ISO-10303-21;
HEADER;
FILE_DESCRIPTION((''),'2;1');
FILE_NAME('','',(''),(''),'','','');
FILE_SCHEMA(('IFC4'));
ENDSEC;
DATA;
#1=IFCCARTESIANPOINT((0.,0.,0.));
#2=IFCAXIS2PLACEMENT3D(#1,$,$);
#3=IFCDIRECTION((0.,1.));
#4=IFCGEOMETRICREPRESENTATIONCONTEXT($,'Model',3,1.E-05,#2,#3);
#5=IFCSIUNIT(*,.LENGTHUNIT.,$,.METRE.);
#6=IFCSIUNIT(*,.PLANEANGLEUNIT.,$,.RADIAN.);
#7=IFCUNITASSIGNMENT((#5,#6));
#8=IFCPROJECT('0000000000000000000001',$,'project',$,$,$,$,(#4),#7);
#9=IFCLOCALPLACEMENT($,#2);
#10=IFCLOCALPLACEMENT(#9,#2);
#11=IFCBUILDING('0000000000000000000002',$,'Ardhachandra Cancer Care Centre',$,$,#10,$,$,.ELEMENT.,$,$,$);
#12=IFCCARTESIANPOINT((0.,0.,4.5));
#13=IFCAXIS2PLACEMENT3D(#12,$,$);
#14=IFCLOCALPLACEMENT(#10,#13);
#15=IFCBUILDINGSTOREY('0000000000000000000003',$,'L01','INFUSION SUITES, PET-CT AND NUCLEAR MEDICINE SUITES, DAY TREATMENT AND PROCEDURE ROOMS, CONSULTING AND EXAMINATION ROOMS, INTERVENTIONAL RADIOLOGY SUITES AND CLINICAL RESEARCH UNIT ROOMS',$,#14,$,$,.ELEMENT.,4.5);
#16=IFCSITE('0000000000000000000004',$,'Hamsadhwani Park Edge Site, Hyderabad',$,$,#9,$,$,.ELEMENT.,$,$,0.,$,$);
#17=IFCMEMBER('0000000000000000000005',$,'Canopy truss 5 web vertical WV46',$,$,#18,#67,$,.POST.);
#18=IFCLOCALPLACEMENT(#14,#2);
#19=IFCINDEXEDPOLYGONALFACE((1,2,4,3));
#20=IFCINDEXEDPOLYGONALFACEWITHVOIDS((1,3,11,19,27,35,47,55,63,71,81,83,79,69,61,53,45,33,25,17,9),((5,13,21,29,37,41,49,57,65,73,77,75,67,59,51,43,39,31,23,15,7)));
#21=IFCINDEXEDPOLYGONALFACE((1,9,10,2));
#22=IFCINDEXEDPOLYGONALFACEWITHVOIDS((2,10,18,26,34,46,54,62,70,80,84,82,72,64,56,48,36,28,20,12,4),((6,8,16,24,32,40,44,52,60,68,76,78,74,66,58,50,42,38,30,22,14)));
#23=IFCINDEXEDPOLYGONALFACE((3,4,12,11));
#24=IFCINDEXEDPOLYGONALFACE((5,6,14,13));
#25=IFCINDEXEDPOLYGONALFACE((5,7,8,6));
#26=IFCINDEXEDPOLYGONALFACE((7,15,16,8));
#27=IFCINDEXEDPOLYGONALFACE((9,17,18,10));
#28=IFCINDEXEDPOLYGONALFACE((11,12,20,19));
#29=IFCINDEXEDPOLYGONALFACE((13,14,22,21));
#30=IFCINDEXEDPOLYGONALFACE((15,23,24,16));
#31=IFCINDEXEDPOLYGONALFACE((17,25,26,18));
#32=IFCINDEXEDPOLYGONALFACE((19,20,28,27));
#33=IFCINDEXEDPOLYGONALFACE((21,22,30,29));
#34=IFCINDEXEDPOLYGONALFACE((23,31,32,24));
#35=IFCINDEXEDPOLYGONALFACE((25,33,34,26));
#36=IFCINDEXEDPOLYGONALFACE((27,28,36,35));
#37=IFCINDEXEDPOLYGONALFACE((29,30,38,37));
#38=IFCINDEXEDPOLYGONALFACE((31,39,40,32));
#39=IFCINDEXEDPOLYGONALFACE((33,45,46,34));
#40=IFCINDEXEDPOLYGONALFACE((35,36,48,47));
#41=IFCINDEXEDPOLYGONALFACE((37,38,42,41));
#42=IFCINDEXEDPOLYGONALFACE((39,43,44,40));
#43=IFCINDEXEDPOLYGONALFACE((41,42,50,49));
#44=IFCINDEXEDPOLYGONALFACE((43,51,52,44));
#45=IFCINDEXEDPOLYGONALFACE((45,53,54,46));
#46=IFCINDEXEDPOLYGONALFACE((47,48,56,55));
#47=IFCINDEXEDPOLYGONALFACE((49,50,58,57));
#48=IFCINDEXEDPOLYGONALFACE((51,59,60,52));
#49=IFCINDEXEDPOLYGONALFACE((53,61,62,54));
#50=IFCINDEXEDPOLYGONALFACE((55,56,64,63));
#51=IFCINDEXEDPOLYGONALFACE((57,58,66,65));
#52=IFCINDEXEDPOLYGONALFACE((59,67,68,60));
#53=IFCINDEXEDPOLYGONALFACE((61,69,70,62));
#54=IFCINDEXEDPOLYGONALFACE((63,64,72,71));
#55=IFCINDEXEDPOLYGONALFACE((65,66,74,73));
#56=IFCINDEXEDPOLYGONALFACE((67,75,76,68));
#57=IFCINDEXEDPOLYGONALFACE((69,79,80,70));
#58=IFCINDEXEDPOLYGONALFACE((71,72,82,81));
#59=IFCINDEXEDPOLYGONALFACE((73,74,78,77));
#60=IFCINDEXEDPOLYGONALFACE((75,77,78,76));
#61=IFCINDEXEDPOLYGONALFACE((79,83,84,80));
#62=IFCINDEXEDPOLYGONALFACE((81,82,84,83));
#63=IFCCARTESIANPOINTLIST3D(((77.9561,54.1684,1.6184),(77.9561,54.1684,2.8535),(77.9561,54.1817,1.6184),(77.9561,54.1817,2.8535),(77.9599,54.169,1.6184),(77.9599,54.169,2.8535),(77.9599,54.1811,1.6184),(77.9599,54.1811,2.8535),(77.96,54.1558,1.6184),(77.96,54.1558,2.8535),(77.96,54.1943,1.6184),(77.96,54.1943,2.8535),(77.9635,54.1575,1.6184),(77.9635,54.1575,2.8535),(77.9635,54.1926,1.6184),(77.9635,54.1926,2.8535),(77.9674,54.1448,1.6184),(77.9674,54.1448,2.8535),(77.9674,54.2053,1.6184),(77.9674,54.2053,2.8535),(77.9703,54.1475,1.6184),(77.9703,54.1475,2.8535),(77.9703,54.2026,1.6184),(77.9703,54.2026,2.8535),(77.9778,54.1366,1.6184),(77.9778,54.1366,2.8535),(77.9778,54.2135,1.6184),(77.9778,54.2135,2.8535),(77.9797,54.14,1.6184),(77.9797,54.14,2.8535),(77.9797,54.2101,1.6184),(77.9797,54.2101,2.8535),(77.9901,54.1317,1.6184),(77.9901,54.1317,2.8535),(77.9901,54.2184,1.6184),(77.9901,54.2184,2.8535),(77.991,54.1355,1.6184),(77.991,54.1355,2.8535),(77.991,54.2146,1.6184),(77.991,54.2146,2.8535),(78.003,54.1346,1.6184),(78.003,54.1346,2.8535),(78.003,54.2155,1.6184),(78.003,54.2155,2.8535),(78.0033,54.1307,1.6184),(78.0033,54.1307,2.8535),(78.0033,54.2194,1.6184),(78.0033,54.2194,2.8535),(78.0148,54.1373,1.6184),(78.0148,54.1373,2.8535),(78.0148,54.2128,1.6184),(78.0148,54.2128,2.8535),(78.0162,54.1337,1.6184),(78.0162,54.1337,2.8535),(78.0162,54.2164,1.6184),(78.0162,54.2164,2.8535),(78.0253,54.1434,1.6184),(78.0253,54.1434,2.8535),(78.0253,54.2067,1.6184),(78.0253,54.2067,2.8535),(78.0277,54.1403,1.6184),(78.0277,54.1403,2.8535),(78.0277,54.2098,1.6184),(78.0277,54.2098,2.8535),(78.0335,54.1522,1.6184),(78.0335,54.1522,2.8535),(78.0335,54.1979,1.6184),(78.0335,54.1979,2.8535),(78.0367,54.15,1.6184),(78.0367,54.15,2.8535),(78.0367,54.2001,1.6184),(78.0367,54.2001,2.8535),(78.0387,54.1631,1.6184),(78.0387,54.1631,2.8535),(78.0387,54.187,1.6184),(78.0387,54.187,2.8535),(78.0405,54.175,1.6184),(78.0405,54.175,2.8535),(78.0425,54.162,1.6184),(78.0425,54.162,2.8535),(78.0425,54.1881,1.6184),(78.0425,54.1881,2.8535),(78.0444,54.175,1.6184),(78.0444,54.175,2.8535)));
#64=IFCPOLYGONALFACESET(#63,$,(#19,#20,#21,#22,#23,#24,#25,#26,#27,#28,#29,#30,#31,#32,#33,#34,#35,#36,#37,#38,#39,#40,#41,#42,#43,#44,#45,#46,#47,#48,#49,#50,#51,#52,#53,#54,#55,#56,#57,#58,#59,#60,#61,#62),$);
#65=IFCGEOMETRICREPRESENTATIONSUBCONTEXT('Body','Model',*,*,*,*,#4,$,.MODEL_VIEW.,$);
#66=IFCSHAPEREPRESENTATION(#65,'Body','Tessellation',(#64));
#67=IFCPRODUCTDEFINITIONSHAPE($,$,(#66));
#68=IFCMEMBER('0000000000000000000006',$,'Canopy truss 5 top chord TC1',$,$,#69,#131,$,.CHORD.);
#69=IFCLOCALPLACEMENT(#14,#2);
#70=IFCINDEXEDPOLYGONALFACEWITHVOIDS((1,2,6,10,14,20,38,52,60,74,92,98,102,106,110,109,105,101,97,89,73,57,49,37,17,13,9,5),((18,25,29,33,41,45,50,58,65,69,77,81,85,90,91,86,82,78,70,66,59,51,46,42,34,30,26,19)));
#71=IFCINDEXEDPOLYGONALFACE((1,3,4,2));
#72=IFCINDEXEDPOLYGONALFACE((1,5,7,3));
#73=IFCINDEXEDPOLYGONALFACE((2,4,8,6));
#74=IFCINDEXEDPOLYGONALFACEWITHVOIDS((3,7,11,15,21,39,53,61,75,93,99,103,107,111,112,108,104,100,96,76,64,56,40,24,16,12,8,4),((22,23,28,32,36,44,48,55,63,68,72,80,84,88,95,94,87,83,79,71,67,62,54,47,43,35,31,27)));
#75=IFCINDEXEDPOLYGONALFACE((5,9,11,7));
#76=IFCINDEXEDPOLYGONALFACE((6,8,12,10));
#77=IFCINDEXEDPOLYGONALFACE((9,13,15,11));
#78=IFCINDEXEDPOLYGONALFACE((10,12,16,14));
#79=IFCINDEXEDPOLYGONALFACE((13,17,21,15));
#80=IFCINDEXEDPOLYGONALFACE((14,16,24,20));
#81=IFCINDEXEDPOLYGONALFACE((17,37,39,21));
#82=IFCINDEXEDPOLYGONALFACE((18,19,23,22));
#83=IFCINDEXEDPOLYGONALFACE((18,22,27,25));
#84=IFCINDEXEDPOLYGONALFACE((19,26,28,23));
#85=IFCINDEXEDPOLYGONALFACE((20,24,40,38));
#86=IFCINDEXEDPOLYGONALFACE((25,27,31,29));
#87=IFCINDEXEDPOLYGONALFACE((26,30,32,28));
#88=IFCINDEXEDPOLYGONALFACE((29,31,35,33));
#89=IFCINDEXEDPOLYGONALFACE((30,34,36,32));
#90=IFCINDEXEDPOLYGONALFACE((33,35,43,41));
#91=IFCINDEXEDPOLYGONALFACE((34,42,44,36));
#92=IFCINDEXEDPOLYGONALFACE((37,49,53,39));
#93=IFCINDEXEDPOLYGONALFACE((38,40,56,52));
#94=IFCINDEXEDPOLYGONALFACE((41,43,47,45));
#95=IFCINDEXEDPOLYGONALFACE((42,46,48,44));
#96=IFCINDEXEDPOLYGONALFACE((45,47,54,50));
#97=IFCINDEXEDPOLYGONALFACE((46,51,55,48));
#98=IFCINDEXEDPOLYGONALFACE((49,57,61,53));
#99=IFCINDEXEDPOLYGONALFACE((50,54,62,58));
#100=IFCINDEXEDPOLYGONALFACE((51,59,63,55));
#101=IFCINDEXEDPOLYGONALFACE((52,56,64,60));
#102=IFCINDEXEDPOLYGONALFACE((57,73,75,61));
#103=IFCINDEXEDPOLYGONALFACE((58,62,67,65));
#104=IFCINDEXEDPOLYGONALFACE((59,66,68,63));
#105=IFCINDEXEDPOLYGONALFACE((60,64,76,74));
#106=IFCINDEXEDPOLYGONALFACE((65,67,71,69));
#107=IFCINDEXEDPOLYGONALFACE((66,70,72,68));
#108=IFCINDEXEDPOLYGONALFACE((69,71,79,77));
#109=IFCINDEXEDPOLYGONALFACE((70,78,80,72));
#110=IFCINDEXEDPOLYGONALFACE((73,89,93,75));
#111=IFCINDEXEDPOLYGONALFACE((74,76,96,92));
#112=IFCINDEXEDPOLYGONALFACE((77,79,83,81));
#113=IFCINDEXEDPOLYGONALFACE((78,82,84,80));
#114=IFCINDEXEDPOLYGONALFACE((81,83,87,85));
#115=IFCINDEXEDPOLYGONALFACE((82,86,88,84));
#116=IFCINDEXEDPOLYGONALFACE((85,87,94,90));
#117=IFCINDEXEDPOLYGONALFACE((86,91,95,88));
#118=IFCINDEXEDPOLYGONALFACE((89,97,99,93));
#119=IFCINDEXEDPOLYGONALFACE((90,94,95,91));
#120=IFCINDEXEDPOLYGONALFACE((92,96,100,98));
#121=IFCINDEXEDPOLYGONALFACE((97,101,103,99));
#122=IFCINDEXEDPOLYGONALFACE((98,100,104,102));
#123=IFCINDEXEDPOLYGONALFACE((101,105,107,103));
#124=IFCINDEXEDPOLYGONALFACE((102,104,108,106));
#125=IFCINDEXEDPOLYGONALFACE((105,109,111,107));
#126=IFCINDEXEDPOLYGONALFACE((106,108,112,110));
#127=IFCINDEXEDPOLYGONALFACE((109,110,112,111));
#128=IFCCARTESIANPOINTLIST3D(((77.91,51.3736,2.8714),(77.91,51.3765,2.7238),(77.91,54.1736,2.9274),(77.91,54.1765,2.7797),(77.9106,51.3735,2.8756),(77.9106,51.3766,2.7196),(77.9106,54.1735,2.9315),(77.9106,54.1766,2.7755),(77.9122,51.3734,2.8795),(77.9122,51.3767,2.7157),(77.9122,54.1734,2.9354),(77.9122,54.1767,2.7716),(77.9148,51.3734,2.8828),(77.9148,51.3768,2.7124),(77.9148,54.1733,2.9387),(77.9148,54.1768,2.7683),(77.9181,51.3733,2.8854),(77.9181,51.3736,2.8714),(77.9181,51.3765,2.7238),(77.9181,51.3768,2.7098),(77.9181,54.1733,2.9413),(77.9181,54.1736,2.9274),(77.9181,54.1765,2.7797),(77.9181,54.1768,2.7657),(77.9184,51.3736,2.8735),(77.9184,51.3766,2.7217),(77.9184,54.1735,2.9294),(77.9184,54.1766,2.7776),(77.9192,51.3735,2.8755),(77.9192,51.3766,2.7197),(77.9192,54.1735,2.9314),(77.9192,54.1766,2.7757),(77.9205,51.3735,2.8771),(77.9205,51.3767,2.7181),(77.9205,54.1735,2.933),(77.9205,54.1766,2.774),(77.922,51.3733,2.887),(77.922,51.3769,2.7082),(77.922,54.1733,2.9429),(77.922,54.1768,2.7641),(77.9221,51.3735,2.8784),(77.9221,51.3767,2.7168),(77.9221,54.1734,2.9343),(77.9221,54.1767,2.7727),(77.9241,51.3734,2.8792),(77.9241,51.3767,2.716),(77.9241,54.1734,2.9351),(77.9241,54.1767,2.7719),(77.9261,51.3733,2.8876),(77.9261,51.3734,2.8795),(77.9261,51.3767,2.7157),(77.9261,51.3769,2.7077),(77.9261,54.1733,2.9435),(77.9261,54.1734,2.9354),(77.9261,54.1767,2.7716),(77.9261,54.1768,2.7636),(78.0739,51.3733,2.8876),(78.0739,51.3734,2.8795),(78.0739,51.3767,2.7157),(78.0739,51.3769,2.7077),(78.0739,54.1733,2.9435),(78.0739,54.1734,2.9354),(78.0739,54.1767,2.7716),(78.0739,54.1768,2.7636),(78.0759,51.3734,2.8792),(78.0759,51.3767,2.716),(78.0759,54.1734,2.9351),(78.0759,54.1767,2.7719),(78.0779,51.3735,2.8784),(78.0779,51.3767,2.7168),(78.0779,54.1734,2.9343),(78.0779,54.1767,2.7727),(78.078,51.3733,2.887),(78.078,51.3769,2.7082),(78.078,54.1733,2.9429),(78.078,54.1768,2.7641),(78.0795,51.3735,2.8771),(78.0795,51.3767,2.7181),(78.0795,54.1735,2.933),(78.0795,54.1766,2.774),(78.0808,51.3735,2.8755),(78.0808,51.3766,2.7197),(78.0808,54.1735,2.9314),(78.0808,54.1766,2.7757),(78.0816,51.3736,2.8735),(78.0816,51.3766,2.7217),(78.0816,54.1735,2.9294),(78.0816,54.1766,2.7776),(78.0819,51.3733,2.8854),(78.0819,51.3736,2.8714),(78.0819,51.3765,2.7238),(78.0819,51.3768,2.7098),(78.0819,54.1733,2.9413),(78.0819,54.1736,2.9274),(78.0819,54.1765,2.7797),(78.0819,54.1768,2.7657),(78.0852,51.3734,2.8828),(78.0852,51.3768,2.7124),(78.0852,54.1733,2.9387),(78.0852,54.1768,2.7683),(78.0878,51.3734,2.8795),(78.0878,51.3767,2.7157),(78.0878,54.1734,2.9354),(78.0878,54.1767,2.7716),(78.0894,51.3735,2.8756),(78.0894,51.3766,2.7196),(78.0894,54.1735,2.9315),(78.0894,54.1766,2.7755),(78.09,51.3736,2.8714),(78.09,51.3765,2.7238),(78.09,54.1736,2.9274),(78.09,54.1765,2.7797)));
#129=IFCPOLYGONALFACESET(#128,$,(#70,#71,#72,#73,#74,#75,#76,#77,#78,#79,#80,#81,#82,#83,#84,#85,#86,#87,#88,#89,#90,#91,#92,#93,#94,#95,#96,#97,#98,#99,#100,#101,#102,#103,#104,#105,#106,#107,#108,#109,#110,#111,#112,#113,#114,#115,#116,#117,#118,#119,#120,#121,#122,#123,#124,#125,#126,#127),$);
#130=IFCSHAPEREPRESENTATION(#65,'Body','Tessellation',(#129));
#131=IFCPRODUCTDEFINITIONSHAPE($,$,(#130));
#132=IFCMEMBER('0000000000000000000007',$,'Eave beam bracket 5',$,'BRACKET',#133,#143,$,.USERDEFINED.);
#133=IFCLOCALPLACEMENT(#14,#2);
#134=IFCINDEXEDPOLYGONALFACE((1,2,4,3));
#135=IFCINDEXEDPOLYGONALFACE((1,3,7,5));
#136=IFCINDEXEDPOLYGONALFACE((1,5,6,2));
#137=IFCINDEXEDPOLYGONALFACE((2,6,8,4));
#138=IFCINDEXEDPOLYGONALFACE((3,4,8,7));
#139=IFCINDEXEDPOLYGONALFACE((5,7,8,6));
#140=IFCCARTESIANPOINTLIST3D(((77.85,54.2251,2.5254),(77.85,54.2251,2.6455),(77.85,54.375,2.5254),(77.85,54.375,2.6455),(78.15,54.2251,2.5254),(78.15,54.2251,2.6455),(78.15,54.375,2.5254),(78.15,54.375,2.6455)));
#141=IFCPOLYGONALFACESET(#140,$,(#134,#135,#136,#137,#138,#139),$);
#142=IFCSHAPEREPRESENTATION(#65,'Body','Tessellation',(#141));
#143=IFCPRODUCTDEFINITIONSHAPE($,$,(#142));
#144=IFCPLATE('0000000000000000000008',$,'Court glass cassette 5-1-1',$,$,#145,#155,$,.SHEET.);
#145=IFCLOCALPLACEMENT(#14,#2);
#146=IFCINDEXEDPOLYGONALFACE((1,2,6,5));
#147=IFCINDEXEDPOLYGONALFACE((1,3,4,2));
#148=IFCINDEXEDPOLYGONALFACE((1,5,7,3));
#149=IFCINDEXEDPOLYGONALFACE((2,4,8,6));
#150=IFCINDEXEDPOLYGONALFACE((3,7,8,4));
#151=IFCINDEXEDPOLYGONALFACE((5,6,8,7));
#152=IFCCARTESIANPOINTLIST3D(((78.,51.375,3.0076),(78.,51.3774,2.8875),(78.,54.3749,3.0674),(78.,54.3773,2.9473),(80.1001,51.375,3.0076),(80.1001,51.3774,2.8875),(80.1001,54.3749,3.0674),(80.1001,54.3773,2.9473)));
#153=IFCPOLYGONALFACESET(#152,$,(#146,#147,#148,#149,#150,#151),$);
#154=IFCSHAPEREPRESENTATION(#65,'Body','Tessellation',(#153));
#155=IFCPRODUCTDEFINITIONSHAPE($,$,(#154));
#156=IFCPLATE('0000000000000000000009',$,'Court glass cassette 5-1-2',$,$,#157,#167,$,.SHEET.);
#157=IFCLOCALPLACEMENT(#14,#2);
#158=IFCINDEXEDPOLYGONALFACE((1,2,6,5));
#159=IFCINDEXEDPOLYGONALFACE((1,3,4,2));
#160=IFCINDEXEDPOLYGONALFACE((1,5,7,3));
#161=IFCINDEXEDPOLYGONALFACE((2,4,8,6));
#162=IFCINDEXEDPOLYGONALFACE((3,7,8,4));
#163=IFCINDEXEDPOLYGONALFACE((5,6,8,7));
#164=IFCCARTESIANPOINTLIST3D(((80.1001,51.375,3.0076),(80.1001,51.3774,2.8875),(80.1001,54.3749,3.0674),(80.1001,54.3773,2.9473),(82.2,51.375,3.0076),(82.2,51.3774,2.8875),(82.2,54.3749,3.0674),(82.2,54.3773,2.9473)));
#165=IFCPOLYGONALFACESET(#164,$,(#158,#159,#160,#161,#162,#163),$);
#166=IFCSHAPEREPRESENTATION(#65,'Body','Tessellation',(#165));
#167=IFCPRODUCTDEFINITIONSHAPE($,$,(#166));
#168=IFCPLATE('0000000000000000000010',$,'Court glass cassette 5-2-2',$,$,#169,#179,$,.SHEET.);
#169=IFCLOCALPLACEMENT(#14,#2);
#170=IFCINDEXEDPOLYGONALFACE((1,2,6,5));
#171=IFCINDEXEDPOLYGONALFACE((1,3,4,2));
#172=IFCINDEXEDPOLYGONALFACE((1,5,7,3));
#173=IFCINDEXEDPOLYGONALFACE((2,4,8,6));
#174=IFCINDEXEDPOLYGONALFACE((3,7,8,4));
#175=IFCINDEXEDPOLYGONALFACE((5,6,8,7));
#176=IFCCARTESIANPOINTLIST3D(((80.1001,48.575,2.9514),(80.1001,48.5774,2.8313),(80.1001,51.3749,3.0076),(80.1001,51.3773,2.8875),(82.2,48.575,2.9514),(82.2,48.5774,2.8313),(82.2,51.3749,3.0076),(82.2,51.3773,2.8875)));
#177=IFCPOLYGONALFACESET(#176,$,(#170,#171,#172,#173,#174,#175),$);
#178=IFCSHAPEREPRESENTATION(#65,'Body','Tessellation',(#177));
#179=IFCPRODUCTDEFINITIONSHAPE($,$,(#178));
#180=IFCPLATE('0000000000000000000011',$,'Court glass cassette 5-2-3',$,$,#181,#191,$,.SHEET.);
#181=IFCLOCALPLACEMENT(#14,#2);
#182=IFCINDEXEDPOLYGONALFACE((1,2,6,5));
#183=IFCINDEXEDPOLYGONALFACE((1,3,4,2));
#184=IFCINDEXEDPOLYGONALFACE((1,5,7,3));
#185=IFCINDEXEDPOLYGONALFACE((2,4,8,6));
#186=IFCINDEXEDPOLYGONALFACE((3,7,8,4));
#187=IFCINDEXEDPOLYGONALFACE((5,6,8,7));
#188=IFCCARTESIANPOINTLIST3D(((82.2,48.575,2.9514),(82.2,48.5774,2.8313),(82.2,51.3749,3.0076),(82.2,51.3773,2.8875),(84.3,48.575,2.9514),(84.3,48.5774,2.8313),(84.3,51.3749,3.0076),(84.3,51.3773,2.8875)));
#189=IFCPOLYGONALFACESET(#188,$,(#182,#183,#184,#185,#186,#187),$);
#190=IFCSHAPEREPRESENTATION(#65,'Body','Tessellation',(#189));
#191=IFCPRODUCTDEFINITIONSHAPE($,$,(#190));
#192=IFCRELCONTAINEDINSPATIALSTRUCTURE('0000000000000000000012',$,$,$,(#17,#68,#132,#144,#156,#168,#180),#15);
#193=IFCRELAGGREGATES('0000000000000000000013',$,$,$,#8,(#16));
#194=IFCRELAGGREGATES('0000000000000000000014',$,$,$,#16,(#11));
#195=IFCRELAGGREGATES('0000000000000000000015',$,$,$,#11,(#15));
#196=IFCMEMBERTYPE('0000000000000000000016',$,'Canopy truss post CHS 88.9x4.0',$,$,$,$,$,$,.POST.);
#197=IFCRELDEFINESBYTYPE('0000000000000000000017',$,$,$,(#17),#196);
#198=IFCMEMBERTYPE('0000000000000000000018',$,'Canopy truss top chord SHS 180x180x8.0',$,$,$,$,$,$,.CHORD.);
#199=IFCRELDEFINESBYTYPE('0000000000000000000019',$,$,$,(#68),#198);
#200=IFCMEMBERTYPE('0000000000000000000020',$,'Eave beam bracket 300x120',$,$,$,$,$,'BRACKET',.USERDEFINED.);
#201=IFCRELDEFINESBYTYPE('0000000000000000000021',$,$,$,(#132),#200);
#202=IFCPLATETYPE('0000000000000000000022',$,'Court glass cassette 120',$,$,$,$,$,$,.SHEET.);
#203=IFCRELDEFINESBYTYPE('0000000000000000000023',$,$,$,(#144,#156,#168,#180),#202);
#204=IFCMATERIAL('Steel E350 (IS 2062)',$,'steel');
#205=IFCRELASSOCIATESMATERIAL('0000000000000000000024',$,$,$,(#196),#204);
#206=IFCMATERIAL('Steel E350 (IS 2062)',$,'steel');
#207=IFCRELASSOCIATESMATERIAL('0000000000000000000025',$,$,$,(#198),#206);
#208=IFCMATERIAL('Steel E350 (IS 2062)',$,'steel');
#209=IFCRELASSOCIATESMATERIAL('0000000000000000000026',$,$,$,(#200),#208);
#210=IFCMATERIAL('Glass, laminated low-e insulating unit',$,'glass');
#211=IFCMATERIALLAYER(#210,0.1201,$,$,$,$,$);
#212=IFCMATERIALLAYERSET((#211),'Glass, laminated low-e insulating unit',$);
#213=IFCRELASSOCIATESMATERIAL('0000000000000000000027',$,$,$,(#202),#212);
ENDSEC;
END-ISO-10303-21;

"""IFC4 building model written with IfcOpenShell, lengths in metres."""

from ifc_helpers import new_model, si_unit, direction, frame, origin, origin_2d, place, context, subcontext, project, spatial, polyline, rectangle, hollow_rectangle, hollow_circle, outline, extrude, material, layer, layer_set, material_profile, profile_set, type_object, element, save


model = new_model("IFC4")

# Units and contexts
model_context = context("Model", 3, precision=1e-05, world=origin(), true_north=direction((0.0, 1.0)))
body_context = subcontext(model_context, "Body", "Model", "MODEL_VIEW")
ifc_project = project(units=[si_unit("LENGTHUNIT", "METRE"), si_unit("PLANEANGLEUNIT", "RADIAN")], contexts=[model_context])

# Site, building, storey
site_placement = place(None, origin())
site = spatial("IfcSite", under=ifc_project, at=site_placement, Name="Hamsadhwani Park Edge Site, Hyderabad", CompositionType="ELEMENT", RefElevation=0.0)
building_placement = place(site_placement, origin())
building = spatial("IfcBuilding", under=site, at=building_placement, Name="Ardhachandra Cancer Care Centre", CompositionType="ELEMENT")
storey_placement = place(building_placement, frame((0.0, 0.0, 4.5)))
storey = spatial("IfcBuildingStorey", under=building, at=storey_placement, Name="L01", Description="INFUSION SUITES, PET-CT AND NUCLEAR MEDICINE SUITES, DAY TREATMENT AND PROCEDURE ROOMS, CONSULTING AND EXAMINATION ROOMS, INTERVENTIONAL RADIOLOGY SUITES AND CLINICAL RESEARCH UNIT ROOMS", CompositionType="ELEMENT", Elevation=4.5)

# Members
ifc_material_1 = material(Name="Steel E350 (IS 2062)", Category="steel")
ifc_material_profile_1 = material_profile(ifc_material_1, hollow_circle(Radius=0.0444, WallThickness=0.0039, at=origin_2d()), Name="CHS 88.9x4.0")
ifc_profile_set_1 = profile_set([ifc_material_profile_1], Name="Steel E350 (IS 2062)")
member_type_1 = type_object("IfcMemberType", Name="Canopy truss post CHS 88.9x4.0", PredefinedType="POST", material=ifc_profile_set_1)
member_1_placement = place(storey_placement, frame((78.0, 54.175, 2.8535), z_axis=(0.0, 0.0, -1.0), x_axis=(1.0, 0.0, 0.0)))
element("IfcMember", 1, at=member_1_placement, inside=storey, type_object=member_type_1, Name="Canopy truss 5 web vertical WV46", PredefinedType="POST", context=body_context, shape_type="SweptSolid", body=[
    extrude(hollow_circle(Radius=0.0444, WallThickness=0.0039, at=origin_2d()), origin(), (0.0, 0.0, 1.0), 1.2351),
])
ifc_material_2 = material(Name="Steel E350 (IS 2062)", Category="steel")
ifc_material_profile_2 = material_profile(ifc_material_2, hollow_rectangle(XDim=0.1799, YDim=0.1799, WallThickness=0.0081, InnerFilletRadius=0.0081, OuterFilletRadius=0.0161, at=origin_2d()), Name="SHS 180x180x8.0")
ifc_profile_set_2 = profile_set([ifc_material_profile_2], Name="Steel E350 (IS 2062)")
member_type_2 = type_object("IfcMemberType", Name="Canopy truss top chord SHS 180x180x8.0", PredefinedType="CHORD", material=ifc_profile_set_2)
member_2_placement = place(storey_placement, frame((78.0, 54.175, 2.8535), z_axis=(0.0, -0.999801, -0.019963), x_axis=(1.0, 0.0, 0.0)))
element("IfcMember", 2, at=member_2_placement, inside=storey, type_object=member_type_2, Name="Canopy truss 5 top chord TC1", PredefinedType="CHORD", context=body_context, shape_type="SweptSolid", body=[
    extrude(hollow_rectangle(XDim=0.1799, YDim=0.1799, WallThickness=0.0081, InnerFilletRadius=0.0081, OuterFilletRadius=0.0161, at=origin_2d()), origin(), (0.0, 0.0, 1.0), 2.8005),
])
ifc_material_3 = material(Name="Steel E350 (IS 2062)", Category="steel")
ifc_material_profile_3 = material_profile(ifc_material_3, rectangle(XDim=0.3, YDim=0.1201, at=origin_2d()), Name="PL 300x120")
ifc_profile_set_3 = profile_set([ifc_material_profile_3], Name="Steel E350 (IS 2062)")
member_type_3 = type_object("IfcMemberType", Name="Eave beam bracket 300x120", ElementType="BRACKET", PredefinedType="USERDEFINED", material=ifc_profile_set_3)
member_3_placement = place(storey_placement, frame((78.0, 54.2251, 2.5854), z_axis=(0.0, 1.0, 0.0), x_axis=(-1.0, 0.0, 0.0)))
element("IfcMember", 3, at=member_3_placement, inside=storey, type_object=member_type_3, Name="Eave beam bracket 5", ObjectType="BRACKET", PredefinedType="USERDEFINED", context=body_context, shape_type="SweptSolid", body=[
    extrude(rectangle(XDim=0.3, YDim=0.1201, at=origin_2d()), origin(), (0.0, 0.0, 1.0), 0.1499),
])

# Plates
ifc_material_4 = material(Name="Glass, laminated low-e insulating unit", Category="glass")
ifc_layer = layer(ifc_material_4, 0.1201)
ifc_layer_set = layer_set([ifc_layer], Name="Glass, laminated low-e insulating unit")
plate_type = type_object("IfcPlateType", Name="Court glass cassette 120", PredefinedType="SHEET", material=ifc_layer_set)
plate_1_placement = place(storey_placement, frame((80.1001, 51.375, 3.0076), z_axis=(0.0, -0.019934, 0.999801), x_axis=(-1.0, 0.0, 0.0)))
element("IfcPlate", 4, at=plate_1_placement, inside=storey, type_object=plate_type, Name="Court glass cassette 5-1-1", PredefinedType="SHEET", context=body_context, shape_type="SweptSolid", body=[
    extrude(outline(polyline([(0.0, -3.0005), (2.1001, -3.0005), (2.1001, 0.0), (0.0, 0.0), (0.0, -3.0005)])), frame((0.0, 0.0, -0.1201)), (0.0, 0.0, 1.0), 0.1201),
])
plate_2_placement = place(storey_placement, frame((82.2, 51.375, 3.0076), z_axis=(0.0, -0.019934, 0.999801), x_axis=(-1.0, 0.0, 0.0)))
element("IfcPlate", 5, at=plate_2_placement, inside=storey, type_object=plate_type, Name="Court glass cassette 5-1-2", PredefinedType="SHEET", context=body_context, shape_type="SweptSolid", body=[
    extrude(outline(polyline([(0.0, -3.0005), (2.0999, -3.0005), (2.0999, 0.0), (0.0, 0.0), (0.0, -3.0005)])), frame((0.0, 0.0, -0.1201)), (0.0, 0.0, 1.0), 0.1201),
])
plate_3_placement = place(storey_placement, frame((80.1001, 48.575, 2.9514), z_axis=(0.0, -0.02005, 0.999799), x_axis=(0.0, 0.999799, 0.02005)))
element("IfcPlate", 6, at=plate_3_placement, inside=storey, type_object=plate_type, Name="Court glass cassette 5-2-2", PredefinedType="SHEET", context=body_context, shape_type="SweptSolid", body=[
    extrude(outline(polyline([(0.0, -2.0999), (2.8005, -2.0999), (2.8005, 0.0), (0.0, 0.0), (0.0, -2.0999)])), frame((0.0, 0.0, -0.1201)), (0.0, 0.0, 1.0), 0.1201),
])
plate_4_placement = place(storey_placement, frame((82.2, 48.575, 2.9514), z_axis=(0.0, -0.02005, 0.999799), x_axis=(0.0, 0.999799, 0.02005)))
element("IfcPlate", 7, at=plate_4_placement, inside=storey, type_object=plate_type, Name="Court glass cassette 5-2-3", PredefinedType="SHEET", context=body_context, shape_type="SweptSolid", body=[
    extrude(outline(polyline([(0.0, -2.1001), (2.8005, -2.1001), (2.8005, 0.0), (0.0, 0.0), (0.0, -2.1001)])), frame((0.0, 0.0, -0.1201)), (0.0, 0.0, 1.0), 0.1201),
])

save(model, "model.ifc")
